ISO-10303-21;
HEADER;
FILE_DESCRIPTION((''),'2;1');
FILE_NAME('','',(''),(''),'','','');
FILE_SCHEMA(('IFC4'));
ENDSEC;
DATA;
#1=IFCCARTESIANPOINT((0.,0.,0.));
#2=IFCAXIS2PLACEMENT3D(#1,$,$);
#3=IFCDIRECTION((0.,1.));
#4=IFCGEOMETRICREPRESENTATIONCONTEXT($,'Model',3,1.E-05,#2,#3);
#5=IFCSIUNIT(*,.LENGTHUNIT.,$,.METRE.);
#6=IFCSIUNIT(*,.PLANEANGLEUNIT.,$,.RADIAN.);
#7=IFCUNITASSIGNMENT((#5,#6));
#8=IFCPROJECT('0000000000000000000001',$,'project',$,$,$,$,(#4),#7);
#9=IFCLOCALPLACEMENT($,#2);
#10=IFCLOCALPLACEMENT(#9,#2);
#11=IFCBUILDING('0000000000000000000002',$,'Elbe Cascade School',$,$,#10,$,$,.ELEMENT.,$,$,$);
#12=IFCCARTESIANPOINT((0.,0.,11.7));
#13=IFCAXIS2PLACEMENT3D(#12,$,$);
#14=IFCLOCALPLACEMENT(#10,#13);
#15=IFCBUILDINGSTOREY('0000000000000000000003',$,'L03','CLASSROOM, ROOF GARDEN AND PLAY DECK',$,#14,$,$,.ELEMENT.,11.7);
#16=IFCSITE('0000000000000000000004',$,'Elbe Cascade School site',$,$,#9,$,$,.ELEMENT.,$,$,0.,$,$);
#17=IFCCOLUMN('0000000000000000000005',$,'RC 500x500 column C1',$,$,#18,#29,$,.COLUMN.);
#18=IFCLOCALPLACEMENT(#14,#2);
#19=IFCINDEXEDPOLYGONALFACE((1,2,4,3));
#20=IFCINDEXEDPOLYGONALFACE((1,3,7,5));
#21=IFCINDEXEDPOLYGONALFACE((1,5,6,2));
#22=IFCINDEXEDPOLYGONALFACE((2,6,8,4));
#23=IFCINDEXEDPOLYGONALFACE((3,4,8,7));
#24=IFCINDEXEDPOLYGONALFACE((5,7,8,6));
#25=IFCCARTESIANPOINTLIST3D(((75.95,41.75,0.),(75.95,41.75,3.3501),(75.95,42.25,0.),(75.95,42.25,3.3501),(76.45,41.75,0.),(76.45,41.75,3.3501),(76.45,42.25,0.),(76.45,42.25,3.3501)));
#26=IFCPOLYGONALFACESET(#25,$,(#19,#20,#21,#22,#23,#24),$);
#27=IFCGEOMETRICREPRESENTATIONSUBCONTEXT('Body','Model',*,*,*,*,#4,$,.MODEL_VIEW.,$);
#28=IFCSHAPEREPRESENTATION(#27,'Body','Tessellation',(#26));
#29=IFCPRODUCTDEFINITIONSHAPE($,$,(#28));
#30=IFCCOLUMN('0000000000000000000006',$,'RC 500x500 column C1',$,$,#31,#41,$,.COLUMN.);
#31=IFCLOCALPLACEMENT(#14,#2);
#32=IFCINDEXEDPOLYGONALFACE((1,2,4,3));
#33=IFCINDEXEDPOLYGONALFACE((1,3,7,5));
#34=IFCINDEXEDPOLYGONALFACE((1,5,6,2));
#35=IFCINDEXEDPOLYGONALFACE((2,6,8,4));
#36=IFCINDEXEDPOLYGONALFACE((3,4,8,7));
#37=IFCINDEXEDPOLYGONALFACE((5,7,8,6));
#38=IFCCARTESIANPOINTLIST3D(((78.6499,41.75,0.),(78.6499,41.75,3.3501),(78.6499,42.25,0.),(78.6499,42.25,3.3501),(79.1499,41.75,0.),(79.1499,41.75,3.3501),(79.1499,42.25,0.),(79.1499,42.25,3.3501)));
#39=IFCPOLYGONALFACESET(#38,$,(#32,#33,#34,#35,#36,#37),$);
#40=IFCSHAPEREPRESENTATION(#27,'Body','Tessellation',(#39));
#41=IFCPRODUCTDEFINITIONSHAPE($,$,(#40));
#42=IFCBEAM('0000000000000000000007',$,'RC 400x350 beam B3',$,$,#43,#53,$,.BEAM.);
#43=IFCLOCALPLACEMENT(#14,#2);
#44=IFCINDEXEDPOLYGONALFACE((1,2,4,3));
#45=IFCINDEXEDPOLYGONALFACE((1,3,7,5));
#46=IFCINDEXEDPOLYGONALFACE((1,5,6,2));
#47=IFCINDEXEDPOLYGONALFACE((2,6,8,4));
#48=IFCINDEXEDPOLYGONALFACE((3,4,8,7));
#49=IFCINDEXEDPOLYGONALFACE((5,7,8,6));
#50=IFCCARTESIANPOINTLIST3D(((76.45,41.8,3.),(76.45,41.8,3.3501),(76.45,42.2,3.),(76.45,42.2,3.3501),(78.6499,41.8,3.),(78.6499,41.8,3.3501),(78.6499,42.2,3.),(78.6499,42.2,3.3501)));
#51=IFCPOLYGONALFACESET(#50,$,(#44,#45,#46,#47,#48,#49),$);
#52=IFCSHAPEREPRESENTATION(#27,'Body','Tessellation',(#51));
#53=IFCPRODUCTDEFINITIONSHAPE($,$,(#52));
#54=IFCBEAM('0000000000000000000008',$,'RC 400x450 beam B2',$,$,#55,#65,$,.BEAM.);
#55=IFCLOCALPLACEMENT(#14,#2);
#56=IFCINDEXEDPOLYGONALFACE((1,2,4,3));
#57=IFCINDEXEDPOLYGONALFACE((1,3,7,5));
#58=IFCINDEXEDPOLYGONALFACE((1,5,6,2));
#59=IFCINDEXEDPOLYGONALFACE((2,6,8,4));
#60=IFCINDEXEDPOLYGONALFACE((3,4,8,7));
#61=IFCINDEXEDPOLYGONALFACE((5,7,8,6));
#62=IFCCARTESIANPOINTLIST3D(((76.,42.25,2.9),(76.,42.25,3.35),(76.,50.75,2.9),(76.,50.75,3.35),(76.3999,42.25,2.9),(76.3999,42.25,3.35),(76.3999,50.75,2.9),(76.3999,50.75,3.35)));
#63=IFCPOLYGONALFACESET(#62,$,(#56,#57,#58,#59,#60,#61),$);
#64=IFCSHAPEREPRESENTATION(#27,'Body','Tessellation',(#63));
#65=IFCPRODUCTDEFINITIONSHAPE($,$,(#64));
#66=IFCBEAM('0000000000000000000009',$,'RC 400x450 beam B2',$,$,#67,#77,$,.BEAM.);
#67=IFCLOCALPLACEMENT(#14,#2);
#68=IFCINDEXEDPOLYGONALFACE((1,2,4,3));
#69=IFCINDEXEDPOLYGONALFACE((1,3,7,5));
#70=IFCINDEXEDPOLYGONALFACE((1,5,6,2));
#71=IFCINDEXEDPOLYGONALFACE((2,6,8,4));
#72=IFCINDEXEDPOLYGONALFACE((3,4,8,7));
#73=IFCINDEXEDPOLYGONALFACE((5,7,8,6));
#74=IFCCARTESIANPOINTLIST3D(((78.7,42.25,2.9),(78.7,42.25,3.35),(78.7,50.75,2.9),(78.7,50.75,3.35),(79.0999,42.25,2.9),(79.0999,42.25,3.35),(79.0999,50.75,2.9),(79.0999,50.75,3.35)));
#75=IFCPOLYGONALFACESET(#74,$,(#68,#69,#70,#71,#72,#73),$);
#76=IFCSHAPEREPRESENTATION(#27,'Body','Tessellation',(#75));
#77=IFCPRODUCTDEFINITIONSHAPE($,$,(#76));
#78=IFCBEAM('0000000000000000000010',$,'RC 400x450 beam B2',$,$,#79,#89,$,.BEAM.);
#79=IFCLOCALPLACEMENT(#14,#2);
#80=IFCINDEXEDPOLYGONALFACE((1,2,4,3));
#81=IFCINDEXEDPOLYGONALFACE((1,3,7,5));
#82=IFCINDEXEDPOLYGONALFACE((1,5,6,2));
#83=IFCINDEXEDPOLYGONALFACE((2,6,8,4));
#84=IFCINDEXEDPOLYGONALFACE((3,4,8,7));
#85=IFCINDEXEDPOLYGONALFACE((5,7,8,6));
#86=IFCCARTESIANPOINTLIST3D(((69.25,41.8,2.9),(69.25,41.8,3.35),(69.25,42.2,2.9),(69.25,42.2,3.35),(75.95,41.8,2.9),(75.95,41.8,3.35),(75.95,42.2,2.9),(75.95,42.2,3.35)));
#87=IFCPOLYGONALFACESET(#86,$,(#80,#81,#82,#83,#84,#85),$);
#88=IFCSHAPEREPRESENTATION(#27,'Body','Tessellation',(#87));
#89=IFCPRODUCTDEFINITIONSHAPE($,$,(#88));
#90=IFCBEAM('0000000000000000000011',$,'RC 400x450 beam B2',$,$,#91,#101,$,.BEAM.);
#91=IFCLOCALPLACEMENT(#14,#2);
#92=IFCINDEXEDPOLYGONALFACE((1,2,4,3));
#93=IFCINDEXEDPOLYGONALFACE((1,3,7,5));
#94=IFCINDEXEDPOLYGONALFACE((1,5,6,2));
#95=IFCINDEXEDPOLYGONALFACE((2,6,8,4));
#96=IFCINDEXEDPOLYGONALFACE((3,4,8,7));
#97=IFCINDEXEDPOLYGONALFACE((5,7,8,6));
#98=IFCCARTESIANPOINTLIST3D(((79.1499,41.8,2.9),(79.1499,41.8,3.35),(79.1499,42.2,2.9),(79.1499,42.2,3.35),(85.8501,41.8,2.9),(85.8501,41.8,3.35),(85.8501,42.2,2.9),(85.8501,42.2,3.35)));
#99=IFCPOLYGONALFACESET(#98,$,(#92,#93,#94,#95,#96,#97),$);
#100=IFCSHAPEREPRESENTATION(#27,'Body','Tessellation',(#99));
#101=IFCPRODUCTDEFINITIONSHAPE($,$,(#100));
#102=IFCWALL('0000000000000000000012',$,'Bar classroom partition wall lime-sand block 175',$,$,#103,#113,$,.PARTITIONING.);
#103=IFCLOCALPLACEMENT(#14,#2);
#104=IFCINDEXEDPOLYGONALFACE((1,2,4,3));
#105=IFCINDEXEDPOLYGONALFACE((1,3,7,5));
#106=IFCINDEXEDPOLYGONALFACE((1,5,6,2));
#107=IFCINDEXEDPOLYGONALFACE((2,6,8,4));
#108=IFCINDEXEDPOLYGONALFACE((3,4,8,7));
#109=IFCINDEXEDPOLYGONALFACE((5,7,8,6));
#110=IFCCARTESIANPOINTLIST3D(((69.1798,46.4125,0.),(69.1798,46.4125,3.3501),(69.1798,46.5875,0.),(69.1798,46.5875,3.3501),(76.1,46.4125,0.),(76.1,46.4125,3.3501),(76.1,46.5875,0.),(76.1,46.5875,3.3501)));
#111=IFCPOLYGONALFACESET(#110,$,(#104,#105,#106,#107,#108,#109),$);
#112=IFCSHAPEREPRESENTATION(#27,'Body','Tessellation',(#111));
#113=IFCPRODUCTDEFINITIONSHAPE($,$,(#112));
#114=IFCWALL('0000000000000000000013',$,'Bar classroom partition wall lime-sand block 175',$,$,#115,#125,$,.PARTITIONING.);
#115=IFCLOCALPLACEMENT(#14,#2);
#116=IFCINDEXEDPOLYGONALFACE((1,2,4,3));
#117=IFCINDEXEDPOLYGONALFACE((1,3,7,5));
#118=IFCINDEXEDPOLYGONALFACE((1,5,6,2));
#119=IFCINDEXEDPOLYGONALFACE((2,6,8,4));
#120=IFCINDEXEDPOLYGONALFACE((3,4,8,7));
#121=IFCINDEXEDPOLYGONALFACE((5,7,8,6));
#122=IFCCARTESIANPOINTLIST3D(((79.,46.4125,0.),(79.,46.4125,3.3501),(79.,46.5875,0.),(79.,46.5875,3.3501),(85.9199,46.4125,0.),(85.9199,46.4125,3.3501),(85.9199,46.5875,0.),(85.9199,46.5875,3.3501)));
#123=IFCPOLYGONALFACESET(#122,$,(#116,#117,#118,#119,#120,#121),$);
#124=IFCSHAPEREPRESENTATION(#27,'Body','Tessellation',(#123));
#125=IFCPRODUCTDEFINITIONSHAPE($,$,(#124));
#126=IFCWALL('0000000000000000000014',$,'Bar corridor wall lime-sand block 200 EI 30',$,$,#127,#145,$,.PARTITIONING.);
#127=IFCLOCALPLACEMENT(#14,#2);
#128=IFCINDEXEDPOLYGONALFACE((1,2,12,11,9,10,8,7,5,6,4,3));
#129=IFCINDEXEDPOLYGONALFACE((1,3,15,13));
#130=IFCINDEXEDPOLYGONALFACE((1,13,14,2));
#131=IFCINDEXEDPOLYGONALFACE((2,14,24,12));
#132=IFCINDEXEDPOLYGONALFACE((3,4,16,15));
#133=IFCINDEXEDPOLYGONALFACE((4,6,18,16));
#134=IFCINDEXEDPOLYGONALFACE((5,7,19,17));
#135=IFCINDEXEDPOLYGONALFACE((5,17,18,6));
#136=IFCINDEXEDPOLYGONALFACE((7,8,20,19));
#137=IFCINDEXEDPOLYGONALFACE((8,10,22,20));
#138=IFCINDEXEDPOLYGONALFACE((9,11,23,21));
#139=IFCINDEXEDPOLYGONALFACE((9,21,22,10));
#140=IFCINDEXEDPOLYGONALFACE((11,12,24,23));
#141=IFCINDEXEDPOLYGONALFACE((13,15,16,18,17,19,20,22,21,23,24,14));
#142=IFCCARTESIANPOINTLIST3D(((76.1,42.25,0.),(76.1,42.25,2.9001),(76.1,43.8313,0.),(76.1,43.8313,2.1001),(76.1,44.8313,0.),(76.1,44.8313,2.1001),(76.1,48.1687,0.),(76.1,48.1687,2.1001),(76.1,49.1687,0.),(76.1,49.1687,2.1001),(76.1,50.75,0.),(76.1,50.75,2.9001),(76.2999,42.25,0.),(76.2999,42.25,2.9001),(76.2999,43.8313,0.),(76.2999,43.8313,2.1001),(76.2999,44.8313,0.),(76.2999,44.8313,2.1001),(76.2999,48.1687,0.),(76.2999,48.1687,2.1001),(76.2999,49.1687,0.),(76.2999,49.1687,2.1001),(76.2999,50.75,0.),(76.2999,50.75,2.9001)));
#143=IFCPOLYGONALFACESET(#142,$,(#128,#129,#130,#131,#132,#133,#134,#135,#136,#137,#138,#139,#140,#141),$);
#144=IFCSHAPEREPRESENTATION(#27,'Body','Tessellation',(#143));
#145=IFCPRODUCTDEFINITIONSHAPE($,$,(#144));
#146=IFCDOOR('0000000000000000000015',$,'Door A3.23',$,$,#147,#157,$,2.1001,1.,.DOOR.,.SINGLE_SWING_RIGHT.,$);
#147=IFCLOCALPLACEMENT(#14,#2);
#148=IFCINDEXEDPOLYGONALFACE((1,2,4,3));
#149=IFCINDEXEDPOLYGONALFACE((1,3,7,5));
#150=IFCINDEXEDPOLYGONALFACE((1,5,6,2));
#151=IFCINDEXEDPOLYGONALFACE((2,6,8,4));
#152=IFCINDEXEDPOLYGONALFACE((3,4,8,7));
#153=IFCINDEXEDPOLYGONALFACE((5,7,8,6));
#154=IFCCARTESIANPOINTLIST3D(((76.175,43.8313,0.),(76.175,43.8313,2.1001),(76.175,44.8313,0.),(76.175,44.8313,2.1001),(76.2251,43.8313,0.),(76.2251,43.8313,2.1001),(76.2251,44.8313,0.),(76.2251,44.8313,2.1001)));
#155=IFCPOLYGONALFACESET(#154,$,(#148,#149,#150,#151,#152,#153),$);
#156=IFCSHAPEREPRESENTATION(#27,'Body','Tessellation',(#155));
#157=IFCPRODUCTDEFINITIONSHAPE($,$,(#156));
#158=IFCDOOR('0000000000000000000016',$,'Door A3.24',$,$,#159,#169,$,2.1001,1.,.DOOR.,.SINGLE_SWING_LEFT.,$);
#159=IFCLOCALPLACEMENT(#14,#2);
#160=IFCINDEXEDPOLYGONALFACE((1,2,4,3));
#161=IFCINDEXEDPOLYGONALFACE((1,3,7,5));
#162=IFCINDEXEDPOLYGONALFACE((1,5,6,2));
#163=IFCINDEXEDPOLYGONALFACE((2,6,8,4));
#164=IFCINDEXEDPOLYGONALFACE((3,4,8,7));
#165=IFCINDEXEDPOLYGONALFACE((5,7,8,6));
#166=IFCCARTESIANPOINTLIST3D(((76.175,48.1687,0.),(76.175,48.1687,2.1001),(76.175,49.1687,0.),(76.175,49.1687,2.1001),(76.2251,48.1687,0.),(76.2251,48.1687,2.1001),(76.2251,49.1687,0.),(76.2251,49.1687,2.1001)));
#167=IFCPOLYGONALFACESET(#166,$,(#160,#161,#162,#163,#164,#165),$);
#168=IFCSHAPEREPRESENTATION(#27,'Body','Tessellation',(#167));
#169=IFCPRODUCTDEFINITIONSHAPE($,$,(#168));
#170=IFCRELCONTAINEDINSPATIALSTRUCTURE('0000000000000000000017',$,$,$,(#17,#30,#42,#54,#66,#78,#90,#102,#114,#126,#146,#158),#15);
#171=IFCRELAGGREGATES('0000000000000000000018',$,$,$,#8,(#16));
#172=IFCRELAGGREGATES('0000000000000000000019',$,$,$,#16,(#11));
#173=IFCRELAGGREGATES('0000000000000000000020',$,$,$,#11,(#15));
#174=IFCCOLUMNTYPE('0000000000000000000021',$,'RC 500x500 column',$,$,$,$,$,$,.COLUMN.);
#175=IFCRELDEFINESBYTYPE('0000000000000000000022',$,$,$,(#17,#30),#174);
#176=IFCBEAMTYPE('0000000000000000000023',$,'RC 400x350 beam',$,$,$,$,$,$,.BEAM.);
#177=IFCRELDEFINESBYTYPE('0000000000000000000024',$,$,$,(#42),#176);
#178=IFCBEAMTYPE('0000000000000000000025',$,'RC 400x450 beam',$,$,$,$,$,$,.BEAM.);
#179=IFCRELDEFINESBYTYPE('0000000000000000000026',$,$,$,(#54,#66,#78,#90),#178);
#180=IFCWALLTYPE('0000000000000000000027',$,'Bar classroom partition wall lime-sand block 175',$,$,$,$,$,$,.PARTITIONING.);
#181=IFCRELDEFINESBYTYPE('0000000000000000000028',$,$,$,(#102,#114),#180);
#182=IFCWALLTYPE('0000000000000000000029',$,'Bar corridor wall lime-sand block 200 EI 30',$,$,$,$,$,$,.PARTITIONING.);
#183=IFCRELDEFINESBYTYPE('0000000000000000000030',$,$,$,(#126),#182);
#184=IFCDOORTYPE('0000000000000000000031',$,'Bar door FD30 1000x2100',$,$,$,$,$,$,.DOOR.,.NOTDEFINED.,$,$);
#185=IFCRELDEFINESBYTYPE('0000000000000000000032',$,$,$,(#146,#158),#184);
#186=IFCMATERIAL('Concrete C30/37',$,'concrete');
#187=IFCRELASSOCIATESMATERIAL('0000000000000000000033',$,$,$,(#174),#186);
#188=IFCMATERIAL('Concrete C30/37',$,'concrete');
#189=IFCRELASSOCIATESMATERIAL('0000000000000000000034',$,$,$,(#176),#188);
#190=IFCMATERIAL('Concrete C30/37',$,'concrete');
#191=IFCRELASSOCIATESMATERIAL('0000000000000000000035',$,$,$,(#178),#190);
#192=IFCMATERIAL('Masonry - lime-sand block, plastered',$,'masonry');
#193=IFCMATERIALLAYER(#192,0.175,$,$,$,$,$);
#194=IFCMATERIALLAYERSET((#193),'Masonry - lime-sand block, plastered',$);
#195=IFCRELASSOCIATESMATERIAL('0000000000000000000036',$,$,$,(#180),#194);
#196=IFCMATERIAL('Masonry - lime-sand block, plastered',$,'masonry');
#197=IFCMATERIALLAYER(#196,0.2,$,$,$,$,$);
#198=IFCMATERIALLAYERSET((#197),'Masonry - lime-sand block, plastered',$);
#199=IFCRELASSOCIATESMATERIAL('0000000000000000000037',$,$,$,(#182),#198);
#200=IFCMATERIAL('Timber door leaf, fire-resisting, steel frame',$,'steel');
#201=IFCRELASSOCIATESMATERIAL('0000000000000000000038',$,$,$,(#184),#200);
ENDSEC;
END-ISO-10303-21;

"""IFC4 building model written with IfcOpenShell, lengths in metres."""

from ifc_helpers import new_model, si_unit, direction, frame, frame_2d, origin, origin_2d, place, context, subcontext, project, spatial, rectangle, extrude, material, layer, layer_set, material_profile, profile_set, type_object, element, fill, save


model = new_model("IFC4")

# Units and contexts
model_context = context("Model", 3, precision=1e-05, world=origin(), true_north=direction((0.0, 1.0)))
body_context = subcontext(model_context, "Body", "Model", "MODEL_VIEW")
ifc_project = project(units=[si_unit("LENGTHUNIT", "METRE"), si_unit("PLANEANGLEUNIT", "RADIAN")], contexts=[model_context])

# Site, building, storey
site_placement = place(None, origin())
site = spatial("IfcSite", under=ifc_project, at=site_placement, Name="Elbe Cascade School site", CompositionType="ELEMENT", RefElevation=0.0)
building_placement = place(site_placement, origin())
building = spatial("IfcBuilding", under=site, at=building_placement, Name="Elbe Cascade School", CompositionType="ELEMENT")
storey_placement = place(building_placement, frame((0.0, 0.0, 11.7)))
storey = spatial("IfcBuildingStorey", under=building, at=storey_placement, Name="L03", Description="CLASSROOM, ROOF GARDEN AND PLAY DECK", CompositionType="ELEMENT", Elevation=11.7)

# Columns
ifc_material_1 = material(Name="Concrete C30/37", Category="concrete")
ifc_material_profile_1 = material_profile(ifc_material_1, rectangle(XDim=0.5, YDim=0.5, at=origin_2d()), Name="RC 500x500")
ifc_profile_set_1 = profile_set([ifc_material_profile_1], Name="Concrete C30/37")
column_type = type_object("IfcColumnType", Name="RC 500x500 column", PredefinedType="COLUMN", material=ifc_profile_set_1)
for number, where, z_axis, x_axis, name in (
    (1, (76.2, 42.0, 0.0), (0.0, 0.0, 1.0), (1.0, 0.0, 0.0), "RC 500x500 column C1"),
    (2, (78.8999, 42.0, 0.0), (0.0, 0.0, 1.0), (1.0, 0.0, 0.0), "RC 500x500 column C1"),
):
    element("IfcColumn", number, at=place(storey_placement, frame(where, z_axis=z_axis, x_axis=x_axis)), inside=storey, type_object=column_type, Name=name, PredefinedType="COLUMN", context=body_context, shape_type="SweptSolid", body=[
        extrude(rectangle(XDim=0.5, YDim=0.5, at=origin_2d()), origin(), (0.0, 0.0, 1.0), 3.3501),
    ])

# Beams
ifc_material_2 = material(Name="Concrete C30/37", Category="concrete")
ifc_material_profile_2 = material_profile(ifc_material_2, rectangle(XDim=0.3999, YDim=0.3501, at=origin_2d()), Name="RC 400x350")
ifc_profile_set_2 = profile_set([ifc_material_profile_2], Name="Concrete C30/37")
beam_type_1 = type_object("IfcBeamType", Name="RC 400x350 beam", PredefinedType="BEAM", material=ifc_profile_set_2)
beam_1_placement = place(storey_placement, frame((76.45, 42.0, 3.175), z_axis=(1.0, 0.0, 0.0), x_axis=(0.0, 1.0, 0.0)))
element("IfcBeam", 3, at=beam_1_placement, inside=storey, type_object=beam_type_1, Name="RC 400x350 beam B3", PredefinedType="BEAM", context=body_context, shape_type="SweptSolid", body=[
    extrude(rectangle(XDim=0.3999, YDim=0.3501, at=origin_2d()), origin(), (0.0, 0.0, 1.0), 2.2),
])
ifc_material_3 = material(Name="Concrete C30/37", Category="concrete")
ifc_material_profile_3 = material_profile(ifc_material_3, rectangle(XDim=0.3999, YDim=0.45, at=origin_2d()), Name="RC 400x450")
ifc_profile_set_3 = profile_set([ifc_material_profile_3], Name="Concrete C30/37")
beam_type_2 = type_object("IfcBeamType", Name="RC 400x450 beam", PredefinedType="BEAM", material=ifc_profile_set_3)
for number, where, z_axis, x_axis, name in (
    (4, (76.2, 42.25, 3.125), (0.0, 1.0, 0.0), (-1.0, 0.0, 0.0), "RC 400x450 beam B2"),
    (5, (78.8999, 42.25, 3.125), (0.0, 1.0, 0.0), (-1.0, 0.0, 0.0), "RC 400x450 beam B2"),
):
    element("IfcBeam", number, at=place(storey_placement, frame(where, z_axis=z_axis, x_axis=x_axis)), inside=storey, type_object=beam_type_2, Name=name, PredefinedType="BEAM", context=body_context, shape_type="SweptSolid", body=[
        extrude(rectangle(XDim=0.3999, YDim=0.45, at=origin_2d()), origin(), (0.0, 0.0, 1.0), 8.5),
    ])
beam_2_placement = place(storey_placement, frame((69.25, 42.0, 3.125), z_axis=(1.0, 0.0, 0.0), x_axis=(0.0, 1.0, 0.0)))
element("IfcBeam", 6, at=beam_2_placement, inside=storey, type_object=beam_type_2, Name="RC 400x450 beam B2", PredefinedType="BEAM", context=body_context, shape_type="SweptSolid", body=[
    extrude(rectangle(XDim=0.3999, YDim=0.45, at=origin_2d()), origin(), (0.0, 0.0, 1.0), 6.7),
])
beam_3_placement = place(storey_placement, frame((79.1499, 42.0, 3.125), z_axis=(1.0, 0.0, 0.0), x_axis=(0.0, 1.0, 0.0)))
element("IfcBeam", 7, at=beam_3_placement, inside=storey, type_object=beam_type_2, Name="RC 400x450 beam B2", PredefinedType="BEAM", context=body_context, shape_type="SweptSolid", body=[
    extrude(rectangle(XDim=0.3999, YDim=0.45, at=origin_2d()), origin(), (0.0, 0.0, 1.0), 6.7002),
])

# Walls
ifc_material_4 = material(Name="Masonry - lime-sand block, plastered", Category="masonry")
ifc_layer_1 = layer(ifc_material_4, 0.175)
ifc_layer_set_1 = layer_set([ifc_layer_1], Name="Masonry - lime-sand block, plastered")
wall_type_1 = type_object("IfcWallType", Name="Bar classroom partition wall lime-sand block 175", PredefinedType="PARTITIONING", material=ifc_layer_set_1)
wall_1_placement = place(storey_placement, frame((69.1799, 46.5, 0.0), z_axis=(0.0, 0.0, 1.0), x_axis=(1.0, 0.0, 0.0)))
element("IfcWall", 8, at=wall_1_placement, inside=storey, type_object=wall_type_1, Name="Bar classroom partition wall lime-sand block 175", PredefinedType="PARTITIONING", context=body_context, shape_type="SweptSolid", body=[
    extrude(rectangle(XDim=6.9202, YDim=0.175, at=frame_2d((3.46, 0.0))), origin(), (0.0, 0.0, 1.0), 3.3501),
])
wall_2_placement = place(storey_placement, frame((79.0, 46.5, 0.0), z_axis=(0.0, 0.0, 1.0), x_axis=(1.0, 0.0, 0.0)))
element("IfcWall", 9, at=wall_2_placement, inside=storey, type_object=wall_type_1, Name="Bar classroom partition wall lime-sand block 175", PredefinedType="PARTITIONING", context=body_context, shape_type="SweptSolid", body=[
    extrude(rectangle(XDim=6.9199, YDim=0.175, at=frame_2d((3.46, 0.0))), origin(), (0.0, 0.0, 1.0), 3.3501),
])

# Wall, openings, doors
ifc_material_5 = material(Name="Masonry - lime-sand block, plastered", Category="masonry")
ifc_layer_2 = layer(ifc_material_5, 0.2)
ifc_layer_set_2 = layer_set([ifc_layer_2], Name="Masonry - lime-sand block, plastered")
wall_type_2 = type_object("IfcWallType", Name="Bar corridor wall lime-sand block 200 EI 30", PredefinedType="PARTITIONING", material=ifc_layer_set_2)
wall_3_placement = place(storey_placement, frame((76.2, 42.25, 0.0), z_axis=(0.0, 0.0, 1.0), x_axis=(0.0, 1.0, 0.0)))
wall_3 = element("IfcWall", 10, at=wall_3_placement, inside=storey, type_object=wall_type_2, Name="Bar corridor wall lime-sand block 200 EI 30", PredefinedType="PARTITIONING", context=body_context, shape_type="SweptSolid", body=[
    extrude(rectangle(XDim=8.5, YDim=0.2, at=frame_2d((4.25, 0.0))), origin(), (0.0, 0.0, 1.0), 2.9001),
])
opening_1_placement = place(wall_3_placement, frame((1.5813, 0.0, 0.0)))
opening_1 = element("IfcOpeningElement", 11, at=opening_1_placement, cuts=wall_3, PredefinedType="OPENING", context=body_context, shape_type="SweptSolid", body=[
    extrude(rectangle(XDim=1.0, YDim=2.1001, at=frame_2d((0.5, 1.05))), frame((0.0, 0.1099, 0.0), z_axis=(0.0, -1.0, 0.0), x_axis=(1.0, 0.0, 0.0)), (0.0, 0.0, 1.0), 0.22),
])
opening_2_placement = place(wall_3_placement, frame((5.9187, 0.0, 0.0)))
opening_2 = element("IfcOpeningElement", 12, at=opening_2_placement, cuts=wall_3, PredefinedType="OPENING", context=body_context, shape_type="SweptSolid", body=[
    extrude(rectangle(XDim=1.0, YDim=2.1001, at=frame_2d((0.5, 1.05))), frame((0.0, 0.1099, 0.0), z_axis=(0.0, -1.0, 0.0), x_axis=(1.0, 0.0, 0.0)), (0.0, 0.0, 1.0), 0.22),
])
ifc_material_6 = material(Name="Timber door leaf, fire-resisting, steel frame", Category="steel")
door_type_1 = type_object("IfcDoorType", Name="Bar door FD30 1000x2100", OperationType="NOTDEFINED", PredefinedType="DOOR", material=ifc_material_6)
door_1_placement = place(opening_1_placement, origin())
door_1 = element("IfcDoor", 13, at=door_1_placement, inside=storey, type_object=door_type_1, Name="Door A3.23", OperationType="SINGLE_SWING_RIGHT", OverallHeight=2.1001, OverallWidth=1.0, PredefinedType="DOOR", context=body_context, shape_type="SweptSolid", body=[
    extrude(rectangle(XDim=1.0, YDim=2.1001, at=frame_2d((0.5, 1.05))), frame((0.0, 0.0249, 0.0), z_axis=(0.0, -1.0, 0.0), x_axis=(1.0, 0.0, 0.0)), (0.0, 0.0, 1.0), 0.05),
])
fill(opening_1, door_1)
door_2_placement = place(opening_2_placement, origin())
door_2 = element("IfcDoor", 14, at=door_2_placement, inside=storey, type_object=door_type_1, Name="Door A3.24", OperationType="SINGLE_SWING_LEFT", OverallHeight=2.1001, OverallWidth=1.0, PredefinedType="DOOR", context=body_context, shape_type="SweptSolid", body=[
    extrude(rectangle(XDim=1.0, YDim=2.1001, at=frame_2d((0.5, 1.05))), frame((0.0, 0.0249, 0.0), z_axis=(0.0, -1.0, 0.0), x_axis=(1.0, 0.0, 0.0)), (0.0, 0.0, 1.0), 0.05),
])
fill(opening_2, door_2)

save(model, "model.ifc")
